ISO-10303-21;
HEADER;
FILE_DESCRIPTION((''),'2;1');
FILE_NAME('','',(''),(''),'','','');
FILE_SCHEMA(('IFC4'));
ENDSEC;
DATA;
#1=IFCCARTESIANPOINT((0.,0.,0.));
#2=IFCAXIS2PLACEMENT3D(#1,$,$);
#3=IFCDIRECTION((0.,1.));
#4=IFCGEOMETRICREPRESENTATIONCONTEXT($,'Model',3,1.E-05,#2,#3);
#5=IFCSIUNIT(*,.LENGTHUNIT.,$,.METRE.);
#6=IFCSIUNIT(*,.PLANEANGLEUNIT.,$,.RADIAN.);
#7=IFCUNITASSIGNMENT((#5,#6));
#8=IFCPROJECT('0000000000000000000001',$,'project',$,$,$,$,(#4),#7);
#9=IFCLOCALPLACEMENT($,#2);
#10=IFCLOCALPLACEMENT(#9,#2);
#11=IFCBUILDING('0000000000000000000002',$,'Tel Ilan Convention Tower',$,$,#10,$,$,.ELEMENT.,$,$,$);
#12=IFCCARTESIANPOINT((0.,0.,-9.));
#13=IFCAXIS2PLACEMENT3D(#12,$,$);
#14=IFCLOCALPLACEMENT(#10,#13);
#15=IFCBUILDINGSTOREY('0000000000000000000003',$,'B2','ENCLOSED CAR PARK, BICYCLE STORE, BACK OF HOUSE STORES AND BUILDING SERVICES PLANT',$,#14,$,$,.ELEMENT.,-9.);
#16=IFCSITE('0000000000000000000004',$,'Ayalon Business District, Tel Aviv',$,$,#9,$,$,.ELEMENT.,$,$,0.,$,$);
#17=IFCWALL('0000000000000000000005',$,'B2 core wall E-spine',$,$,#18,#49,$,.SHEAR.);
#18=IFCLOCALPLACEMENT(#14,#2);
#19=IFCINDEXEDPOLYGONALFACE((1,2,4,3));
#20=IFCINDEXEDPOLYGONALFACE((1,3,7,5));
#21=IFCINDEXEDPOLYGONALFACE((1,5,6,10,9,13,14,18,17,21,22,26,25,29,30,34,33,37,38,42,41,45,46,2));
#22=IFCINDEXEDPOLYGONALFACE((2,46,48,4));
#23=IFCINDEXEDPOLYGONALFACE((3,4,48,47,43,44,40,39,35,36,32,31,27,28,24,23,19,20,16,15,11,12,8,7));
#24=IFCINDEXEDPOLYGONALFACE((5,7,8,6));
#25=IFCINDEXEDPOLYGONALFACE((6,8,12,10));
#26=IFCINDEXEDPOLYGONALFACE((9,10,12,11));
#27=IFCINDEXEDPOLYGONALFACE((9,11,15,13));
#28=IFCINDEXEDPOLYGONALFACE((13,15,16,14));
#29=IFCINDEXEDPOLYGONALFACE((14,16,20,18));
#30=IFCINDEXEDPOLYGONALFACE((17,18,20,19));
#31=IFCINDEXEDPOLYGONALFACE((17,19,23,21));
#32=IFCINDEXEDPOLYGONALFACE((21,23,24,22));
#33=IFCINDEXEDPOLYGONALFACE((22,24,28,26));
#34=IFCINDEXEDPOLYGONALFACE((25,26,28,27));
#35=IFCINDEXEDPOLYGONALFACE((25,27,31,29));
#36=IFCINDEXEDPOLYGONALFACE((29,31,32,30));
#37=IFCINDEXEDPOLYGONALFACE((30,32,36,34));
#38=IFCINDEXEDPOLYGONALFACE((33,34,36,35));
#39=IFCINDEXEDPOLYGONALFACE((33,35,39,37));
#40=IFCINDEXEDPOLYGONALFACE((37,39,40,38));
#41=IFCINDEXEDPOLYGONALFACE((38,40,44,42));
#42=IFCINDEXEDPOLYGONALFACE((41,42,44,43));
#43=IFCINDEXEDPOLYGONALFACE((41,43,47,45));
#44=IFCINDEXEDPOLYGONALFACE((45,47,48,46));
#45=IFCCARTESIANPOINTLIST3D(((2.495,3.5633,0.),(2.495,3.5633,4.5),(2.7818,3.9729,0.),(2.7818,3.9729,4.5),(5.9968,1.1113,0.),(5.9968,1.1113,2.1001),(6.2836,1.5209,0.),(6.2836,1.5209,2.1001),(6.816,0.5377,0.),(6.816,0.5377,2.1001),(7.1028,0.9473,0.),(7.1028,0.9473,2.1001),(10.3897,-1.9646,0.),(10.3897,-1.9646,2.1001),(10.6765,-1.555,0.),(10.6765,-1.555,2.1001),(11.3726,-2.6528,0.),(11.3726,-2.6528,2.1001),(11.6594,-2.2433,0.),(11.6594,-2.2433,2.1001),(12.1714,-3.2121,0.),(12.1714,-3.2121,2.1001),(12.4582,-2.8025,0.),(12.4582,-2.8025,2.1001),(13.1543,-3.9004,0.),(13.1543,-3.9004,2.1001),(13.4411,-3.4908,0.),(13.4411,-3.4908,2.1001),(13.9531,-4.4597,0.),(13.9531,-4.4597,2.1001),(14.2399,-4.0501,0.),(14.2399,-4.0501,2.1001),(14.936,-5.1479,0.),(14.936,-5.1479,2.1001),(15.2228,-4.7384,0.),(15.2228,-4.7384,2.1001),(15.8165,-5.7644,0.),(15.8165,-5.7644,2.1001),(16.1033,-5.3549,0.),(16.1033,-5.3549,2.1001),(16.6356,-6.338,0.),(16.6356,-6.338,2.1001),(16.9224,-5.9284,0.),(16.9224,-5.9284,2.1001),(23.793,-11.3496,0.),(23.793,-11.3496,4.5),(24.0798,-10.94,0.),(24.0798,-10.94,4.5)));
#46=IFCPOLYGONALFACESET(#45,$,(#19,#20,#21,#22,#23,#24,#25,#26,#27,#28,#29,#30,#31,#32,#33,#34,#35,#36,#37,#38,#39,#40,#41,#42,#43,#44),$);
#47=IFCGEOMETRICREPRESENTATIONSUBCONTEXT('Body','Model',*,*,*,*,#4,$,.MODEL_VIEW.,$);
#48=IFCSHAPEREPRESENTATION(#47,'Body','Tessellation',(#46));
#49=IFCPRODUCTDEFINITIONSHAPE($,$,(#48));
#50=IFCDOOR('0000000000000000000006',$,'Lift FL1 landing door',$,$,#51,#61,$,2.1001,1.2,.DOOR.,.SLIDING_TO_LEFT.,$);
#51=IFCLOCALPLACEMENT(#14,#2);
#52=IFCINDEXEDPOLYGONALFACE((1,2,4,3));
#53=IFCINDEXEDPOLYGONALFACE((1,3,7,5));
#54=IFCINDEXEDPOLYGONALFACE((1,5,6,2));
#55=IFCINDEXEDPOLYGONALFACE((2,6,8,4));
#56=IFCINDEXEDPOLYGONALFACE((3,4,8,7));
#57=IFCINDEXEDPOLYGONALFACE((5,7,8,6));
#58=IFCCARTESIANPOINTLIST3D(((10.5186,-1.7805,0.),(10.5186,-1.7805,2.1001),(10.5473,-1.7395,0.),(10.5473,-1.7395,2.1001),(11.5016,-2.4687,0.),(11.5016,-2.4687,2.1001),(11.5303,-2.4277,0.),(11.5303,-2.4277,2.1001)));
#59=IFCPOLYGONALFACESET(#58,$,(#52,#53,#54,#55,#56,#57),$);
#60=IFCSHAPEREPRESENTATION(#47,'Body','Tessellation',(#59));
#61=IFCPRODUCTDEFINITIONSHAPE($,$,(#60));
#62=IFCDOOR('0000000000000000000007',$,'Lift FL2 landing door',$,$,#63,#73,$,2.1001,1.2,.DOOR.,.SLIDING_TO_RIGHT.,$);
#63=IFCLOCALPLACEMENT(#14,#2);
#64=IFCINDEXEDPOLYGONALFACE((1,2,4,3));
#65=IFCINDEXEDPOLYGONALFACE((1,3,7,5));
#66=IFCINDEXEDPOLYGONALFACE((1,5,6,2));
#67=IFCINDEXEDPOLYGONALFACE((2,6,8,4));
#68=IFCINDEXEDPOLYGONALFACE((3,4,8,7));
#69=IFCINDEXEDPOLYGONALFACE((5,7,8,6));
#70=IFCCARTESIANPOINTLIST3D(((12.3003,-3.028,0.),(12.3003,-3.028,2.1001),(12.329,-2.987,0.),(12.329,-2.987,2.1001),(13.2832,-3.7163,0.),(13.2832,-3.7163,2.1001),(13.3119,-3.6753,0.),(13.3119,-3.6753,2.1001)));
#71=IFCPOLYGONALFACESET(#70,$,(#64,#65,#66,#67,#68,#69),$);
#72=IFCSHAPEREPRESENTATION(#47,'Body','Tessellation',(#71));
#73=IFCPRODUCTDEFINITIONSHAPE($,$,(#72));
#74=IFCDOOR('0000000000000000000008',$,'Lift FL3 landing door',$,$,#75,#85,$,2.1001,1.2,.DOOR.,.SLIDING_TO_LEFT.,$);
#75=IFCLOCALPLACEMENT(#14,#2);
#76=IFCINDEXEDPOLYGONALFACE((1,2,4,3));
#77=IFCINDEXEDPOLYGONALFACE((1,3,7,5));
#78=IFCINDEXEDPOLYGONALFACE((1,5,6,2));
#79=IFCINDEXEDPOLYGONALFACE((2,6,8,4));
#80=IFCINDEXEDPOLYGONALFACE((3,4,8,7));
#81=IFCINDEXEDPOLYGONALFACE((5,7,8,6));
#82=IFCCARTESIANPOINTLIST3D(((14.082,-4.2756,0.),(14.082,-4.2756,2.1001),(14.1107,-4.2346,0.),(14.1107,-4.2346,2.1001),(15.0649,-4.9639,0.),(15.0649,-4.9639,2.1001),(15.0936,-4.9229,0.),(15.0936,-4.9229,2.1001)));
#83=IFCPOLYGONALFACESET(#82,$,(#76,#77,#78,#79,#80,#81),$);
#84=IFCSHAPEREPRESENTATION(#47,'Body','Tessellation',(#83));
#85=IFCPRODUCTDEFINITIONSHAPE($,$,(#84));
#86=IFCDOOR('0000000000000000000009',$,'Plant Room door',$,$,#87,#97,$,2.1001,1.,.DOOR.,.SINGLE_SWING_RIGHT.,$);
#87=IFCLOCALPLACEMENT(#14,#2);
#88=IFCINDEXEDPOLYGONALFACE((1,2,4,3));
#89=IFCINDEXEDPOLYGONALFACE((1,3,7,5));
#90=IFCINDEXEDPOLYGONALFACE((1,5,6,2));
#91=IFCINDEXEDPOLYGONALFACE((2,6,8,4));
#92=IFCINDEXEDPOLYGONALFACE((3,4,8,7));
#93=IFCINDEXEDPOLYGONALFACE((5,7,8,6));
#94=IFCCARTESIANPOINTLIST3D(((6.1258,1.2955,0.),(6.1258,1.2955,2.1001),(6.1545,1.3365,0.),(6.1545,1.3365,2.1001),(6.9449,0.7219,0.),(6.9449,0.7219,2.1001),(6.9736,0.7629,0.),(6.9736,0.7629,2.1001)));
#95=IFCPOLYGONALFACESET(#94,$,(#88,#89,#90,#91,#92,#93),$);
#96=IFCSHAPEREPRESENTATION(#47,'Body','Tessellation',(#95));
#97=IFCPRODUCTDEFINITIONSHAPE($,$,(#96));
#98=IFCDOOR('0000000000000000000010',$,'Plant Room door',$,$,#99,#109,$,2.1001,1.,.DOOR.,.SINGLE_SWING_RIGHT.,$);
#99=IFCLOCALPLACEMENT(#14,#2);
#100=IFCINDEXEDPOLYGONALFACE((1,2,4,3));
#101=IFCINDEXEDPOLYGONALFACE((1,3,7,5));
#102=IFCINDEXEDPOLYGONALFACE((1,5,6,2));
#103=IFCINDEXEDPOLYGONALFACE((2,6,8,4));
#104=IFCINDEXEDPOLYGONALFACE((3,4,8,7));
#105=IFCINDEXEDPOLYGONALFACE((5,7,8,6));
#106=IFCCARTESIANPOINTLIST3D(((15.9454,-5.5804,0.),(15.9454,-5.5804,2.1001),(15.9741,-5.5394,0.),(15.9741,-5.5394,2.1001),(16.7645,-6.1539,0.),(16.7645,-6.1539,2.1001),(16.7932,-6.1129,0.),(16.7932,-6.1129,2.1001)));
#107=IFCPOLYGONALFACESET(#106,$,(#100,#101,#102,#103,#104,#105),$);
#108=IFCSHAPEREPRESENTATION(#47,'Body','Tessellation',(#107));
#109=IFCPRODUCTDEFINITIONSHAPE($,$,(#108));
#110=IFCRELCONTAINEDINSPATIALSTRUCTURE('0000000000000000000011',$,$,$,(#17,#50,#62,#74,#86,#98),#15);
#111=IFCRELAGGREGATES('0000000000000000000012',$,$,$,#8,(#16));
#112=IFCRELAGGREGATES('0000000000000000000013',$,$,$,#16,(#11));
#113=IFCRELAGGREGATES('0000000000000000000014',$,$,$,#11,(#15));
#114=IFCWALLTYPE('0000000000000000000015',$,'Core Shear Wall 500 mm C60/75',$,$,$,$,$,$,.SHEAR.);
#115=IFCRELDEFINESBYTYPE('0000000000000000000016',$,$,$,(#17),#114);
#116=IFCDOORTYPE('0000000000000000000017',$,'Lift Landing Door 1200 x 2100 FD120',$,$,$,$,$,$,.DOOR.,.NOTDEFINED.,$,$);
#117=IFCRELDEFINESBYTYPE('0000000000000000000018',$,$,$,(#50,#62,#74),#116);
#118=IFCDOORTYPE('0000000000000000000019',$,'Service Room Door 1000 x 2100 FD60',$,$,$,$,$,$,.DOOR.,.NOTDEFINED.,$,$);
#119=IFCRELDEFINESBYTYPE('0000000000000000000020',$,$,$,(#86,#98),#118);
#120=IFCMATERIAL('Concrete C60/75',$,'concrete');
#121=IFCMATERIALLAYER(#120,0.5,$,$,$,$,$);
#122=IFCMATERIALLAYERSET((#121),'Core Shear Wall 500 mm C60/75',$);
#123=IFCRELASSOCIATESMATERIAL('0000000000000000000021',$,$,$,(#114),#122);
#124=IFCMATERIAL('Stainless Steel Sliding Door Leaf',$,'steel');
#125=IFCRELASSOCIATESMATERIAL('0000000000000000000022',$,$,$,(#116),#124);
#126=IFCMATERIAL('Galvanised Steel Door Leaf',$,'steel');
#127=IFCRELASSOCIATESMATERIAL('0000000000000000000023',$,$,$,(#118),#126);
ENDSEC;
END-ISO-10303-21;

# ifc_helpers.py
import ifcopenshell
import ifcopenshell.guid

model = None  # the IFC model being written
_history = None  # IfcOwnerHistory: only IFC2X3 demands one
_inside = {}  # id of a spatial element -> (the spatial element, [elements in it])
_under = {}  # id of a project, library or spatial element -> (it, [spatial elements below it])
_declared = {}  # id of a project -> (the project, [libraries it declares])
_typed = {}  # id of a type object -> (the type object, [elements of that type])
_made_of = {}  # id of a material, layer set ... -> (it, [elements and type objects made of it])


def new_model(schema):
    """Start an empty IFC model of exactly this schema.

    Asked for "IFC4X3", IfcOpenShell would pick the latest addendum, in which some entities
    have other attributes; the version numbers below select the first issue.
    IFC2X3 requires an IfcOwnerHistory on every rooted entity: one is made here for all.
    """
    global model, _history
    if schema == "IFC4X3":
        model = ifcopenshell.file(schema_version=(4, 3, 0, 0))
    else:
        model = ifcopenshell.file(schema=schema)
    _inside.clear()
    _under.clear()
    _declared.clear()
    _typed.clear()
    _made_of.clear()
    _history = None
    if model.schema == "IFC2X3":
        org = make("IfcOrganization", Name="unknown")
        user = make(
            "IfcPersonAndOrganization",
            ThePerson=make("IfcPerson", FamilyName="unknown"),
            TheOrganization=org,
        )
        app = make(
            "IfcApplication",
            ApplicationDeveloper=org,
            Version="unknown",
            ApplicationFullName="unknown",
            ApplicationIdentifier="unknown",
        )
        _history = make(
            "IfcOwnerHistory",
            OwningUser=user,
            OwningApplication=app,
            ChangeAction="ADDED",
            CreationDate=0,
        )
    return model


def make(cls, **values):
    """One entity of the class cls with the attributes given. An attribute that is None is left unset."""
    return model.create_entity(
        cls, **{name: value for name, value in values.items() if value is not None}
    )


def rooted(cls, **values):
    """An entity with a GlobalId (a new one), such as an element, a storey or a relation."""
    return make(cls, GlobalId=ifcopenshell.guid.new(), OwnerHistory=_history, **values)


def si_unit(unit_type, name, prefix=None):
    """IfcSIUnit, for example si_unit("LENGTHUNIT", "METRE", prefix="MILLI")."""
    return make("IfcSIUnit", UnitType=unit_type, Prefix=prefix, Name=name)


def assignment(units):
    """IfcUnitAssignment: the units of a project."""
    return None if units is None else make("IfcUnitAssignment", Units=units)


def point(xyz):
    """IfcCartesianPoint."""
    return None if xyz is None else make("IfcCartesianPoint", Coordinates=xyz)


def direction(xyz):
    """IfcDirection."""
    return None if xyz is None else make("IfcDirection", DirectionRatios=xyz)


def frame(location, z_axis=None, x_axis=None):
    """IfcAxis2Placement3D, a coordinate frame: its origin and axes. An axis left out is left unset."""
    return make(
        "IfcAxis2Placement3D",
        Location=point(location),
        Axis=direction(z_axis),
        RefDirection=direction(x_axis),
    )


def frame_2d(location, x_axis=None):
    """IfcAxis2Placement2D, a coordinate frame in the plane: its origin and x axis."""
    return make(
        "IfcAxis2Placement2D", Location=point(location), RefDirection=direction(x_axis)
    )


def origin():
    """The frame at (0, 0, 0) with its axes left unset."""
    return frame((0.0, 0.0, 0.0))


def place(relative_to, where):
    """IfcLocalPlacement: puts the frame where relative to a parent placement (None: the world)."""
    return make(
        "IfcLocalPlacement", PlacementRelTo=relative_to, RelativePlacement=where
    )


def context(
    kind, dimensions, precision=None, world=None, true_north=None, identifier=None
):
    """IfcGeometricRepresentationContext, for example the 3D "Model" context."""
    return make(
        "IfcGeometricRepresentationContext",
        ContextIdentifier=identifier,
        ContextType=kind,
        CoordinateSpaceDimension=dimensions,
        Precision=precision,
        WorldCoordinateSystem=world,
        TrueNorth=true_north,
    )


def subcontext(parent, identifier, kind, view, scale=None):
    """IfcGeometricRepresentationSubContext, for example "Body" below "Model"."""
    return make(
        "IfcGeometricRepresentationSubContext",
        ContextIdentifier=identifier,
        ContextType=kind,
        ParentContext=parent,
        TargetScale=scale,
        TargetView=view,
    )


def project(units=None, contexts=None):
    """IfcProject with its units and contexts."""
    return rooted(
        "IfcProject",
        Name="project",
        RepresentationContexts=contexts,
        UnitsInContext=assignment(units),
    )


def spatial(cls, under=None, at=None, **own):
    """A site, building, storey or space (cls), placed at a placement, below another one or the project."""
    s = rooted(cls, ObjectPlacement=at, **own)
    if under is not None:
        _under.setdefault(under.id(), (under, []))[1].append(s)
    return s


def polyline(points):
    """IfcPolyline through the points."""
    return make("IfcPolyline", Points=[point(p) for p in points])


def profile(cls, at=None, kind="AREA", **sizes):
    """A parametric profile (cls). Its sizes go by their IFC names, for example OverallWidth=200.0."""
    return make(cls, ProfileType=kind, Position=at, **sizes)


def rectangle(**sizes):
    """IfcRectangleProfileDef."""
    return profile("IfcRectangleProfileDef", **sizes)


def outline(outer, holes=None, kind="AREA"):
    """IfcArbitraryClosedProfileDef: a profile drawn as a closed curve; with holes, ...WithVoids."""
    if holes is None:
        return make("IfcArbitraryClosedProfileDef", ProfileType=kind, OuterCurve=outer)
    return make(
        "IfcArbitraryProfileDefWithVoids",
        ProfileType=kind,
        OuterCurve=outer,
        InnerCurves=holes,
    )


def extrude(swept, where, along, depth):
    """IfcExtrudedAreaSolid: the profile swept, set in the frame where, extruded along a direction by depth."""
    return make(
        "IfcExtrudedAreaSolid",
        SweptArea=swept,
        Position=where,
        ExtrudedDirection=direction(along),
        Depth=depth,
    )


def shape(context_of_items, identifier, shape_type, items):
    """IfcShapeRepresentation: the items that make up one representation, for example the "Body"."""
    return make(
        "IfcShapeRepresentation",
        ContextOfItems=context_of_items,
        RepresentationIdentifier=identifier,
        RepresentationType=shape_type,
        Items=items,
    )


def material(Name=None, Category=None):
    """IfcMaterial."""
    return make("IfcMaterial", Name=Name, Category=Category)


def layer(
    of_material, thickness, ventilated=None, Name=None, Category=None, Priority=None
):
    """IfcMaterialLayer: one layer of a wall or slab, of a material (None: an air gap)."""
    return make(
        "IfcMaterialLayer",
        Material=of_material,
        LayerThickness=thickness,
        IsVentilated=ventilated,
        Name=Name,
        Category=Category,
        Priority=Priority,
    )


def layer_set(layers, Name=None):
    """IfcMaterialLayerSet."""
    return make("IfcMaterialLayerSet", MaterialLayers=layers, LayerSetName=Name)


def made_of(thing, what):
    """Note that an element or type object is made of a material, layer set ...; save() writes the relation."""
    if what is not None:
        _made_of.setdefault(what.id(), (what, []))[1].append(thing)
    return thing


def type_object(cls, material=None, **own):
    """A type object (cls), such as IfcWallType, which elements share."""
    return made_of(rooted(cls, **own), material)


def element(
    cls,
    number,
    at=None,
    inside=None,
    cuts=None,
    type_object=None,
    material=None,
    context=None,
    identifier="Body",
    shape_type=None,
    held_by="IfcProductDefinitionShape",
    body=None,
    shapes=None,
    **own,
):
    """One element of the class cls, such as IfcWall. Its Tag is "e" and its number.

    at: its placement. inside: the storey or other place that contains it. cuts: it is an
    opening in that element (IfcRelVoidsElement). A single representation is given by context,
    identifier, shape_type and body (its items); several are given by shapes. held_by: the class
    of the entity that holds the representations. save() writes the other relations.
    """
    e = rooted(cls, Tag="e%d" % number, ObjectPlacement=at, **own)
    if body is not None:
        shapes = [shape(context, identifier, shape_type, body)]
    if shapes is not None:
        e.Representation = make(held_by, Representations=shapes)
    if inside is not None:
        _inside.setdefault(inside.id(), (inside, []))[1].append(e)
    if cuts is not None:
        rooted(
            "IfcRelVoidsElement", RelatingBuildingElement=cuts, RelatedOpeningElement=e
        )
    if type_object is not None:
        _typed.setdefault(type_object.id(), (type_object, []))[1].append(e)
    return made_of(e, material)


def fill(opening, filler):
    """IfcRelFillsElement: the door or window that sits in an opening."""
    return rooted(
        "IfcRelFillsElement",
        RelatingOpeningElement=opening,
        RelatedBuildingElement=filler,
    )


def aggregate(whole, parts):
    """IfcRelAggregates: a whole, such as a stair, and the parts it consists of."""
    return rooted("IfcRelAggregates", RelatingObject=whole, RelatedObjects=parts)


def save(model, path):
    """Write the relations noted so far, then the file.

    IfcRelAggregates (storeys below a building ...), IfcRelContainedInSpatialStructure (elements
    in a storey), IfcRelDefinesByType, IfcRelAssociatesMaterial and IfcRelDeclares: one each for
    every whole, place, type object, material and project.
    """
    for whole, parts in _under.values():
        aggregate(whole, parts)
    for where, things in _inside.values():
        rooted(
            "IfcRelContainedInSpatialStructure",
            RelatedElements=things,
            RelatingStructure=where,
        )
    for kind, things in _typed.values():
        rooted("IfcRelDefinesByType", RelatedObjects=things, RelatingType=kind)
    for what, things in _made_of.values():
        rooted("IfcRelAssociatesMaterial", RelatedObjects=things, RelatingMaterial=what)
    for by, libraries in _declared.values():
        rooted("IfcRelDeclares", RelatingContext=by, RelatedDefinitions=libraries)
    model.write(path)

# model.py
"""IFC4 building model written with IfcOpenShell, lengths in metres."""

from ifc_helpers import new_model, si_unit, direction, frame, frame_2d, origin, place, context, subcontext, project, spatial, polyline, rectangle, outline, extrude, material, layer, layer_set, type_object, element, fill, save


model = new_model("IFC4")

# Units and contexts
model_context = context("Model", 3, precision=1e-05, world=origin(), true_north=direction((0.0, 1.0)))
body_context = subcontext(model_context, "Body", "Model", "MODEL_VIEW")
ifc_project = project(units=[si_unit("LENGTHUNIT", "METRE"), si_unit("PLANEANGLEUNIT", "RADIAN")], contexts=[model_context])

# Site, building, storey
site_placement = place(None, origin())
site = spatial("IfcSite", under=ifc_project, at=site_placement, Name="Ayalon Business District, Tel Aviv", CompositionType="ELEMENT", RefElevation=0.0)
building_placement = place(site_placement, origin())
building = spatial("IfcBuilding", under=site, at=building_placement, Name="Tel Ilan Convention Tower", CompositionType="ELEMENT")
storey_placement = place(building_placement, frame((0.0, 0.0, -9.0)))
storey = spatial("IfcBuildingStorey", under=building, at=storey_placement, Name="B2", Description="ENCLOSED CAR PARK, BICYCLE STORE, BACK OF HOUSE STORES AND BUILDING SERVICES PLANT", CompositionType="ELEMENT", Elevation=-9.0)

# Wall, openings, doors
ifc_material_1 = material(Name="Concrete C60/75", Category="concrete")
ifc_layer_1 = layer(ifc_material_1, 0.5)
ifc_layer_set_1 = layer_set([ifc_layer_1], Name="Core Shear Wall 500 mm C60/75")
wall_type_1 = type_object("IfcWallType", Name="Core Shear Wall 500 mm C60/75", PredefinedType="SHEAR", material=ifc_layer_set_1)
wall_1_placement = place(storey_placement, frame((2.6384, 3.7681, 0.0), z_axis=(0.0, 0.0, 1.0), x_axis=(0.819149, -0.573581, 0.0)))
wall_1 = element("IfcWall", 1, at=wall_1_placement, inside=storey, type_object=wall_type_1, Name="B2 core wall E-spine", PredefinedType="SHEAR", context=body_context, shape_type="SweptSolid", body=[
    extrude(outline(polyline([(0.0, 0.25), (0.0, -0.25), (26.0, -0.2498), (26.0, 0.2502), (0.0, 0.25)])), origin(), (0.0, 0.0, 1.0), 4.5),
])
opening_1_placement = place(wall_1_placement, frame((4.2749, 0.0, 0.0)))
opening_1 = element("IfcOpeningElement", 2, at=opening_1_placement, cuts=wall_1, PredefinedType="OPENING", context=body_context, shape_type="SweptSolid", body=[
    extrude(rectangle(XDim=1.0, YDim=2.1001, at=frame_2d((0.5, 1.05))), frame((0.0, 0.26, 0.0), z_axis=(0.0, -1.0, 0.0), x_axis=(1.0, 0.0, 0.0)), (0.0, 0.0, 1.0), 0.52),
])
opening_2_placement = place(wall_1_placement, frame((9.6375, 0.0, 0.0)))
opening_2 = element("IfcOpeningElement", 3, at=opening_2_placement, cuts=wall_1, PredefinedType="OPENING", context=body_context, shape_type="SweptSolid", body=[
    extrude(rectangle(XDim=1.2, YDim=2.1001, at=frame_2d((0.6001, 1.05))), frame((0.0, 0.26, 0.0), z_axis=(0.0, -1.0, 0.0), x_axis=(1.0, 0.0, 0.0)), (0.0, 0.0, 1.0), 0.52),
])
opening_3_placement = place(wall_1_placement, frame((11.8125, 0.0, 0.0)))
opening_3 = element("IfcOpeningElement", 4, at=opening_3_placement, cuts=wall_1, PredefinedType="OPENING", context=body_context, shape_type="SweptSolid", body=[
    extrude(rectangle(XDim=1.2, YDim=2.1001, at=frame_2d((0.6001, 1.05))), frame((0.0, 0.26, 0.0), z_axis=(0.0, -1.0, 0.0), x_axis=(1.0, 0.0, 0.0)), (0.0, 0.0, 1.0), 0.52),
])
opening_4_placement = place(wall_1_placement, frame((13.9875, 0.0, 0.0)))
opening_4 = element("IfcOpeningElement", 5, at=opening_4_placement, cuts=wall_1, PredefinedType="OPENING", context=body_context, shape_type="SweptSolid", body=[
    extrude(rectangle(XDim=1.2, YDim=2.1001, at=frame_2d((0.6001, 1.05))), frame((0.0, 0.26, 0.0), z_axis=(0.0, -1.0, 0.0), x_axis=(1.0, 0.0, 0.0)), (0.0, 0.0, 1.0), 0.52),
])
opening_5_placement = place(wall_1_placement, frame((16.2625, 0.0, 0.0)))
opening_5 = element("IfcOpeningElement", 6, at=opening_5_placement, cuts=wall_1, PredefinedType="OPENING", context=body_context, shape_type="SweptSolid", body=[
    extrude(rectangle(XDim=1.0, YDim=2.1001, at=frame_2d((0.5, 1.05))), frame((0.0, 0.26, 0.0), z_axis=(0.0, -1.0, 0.0), x_axis=(1.0, 0.0, 0.0)), (0.0, 0.0, 1.0), 0.52),
])
ifc_material_2 = material(Name="Stainless Steel Sliding Door Leaf", Category="steel")
door_type_1 = type_object("IfcDoorType", Name="Lift Landing Door 1200 x 2100 FD120", OperationType="NOTDEFINED", PredefinedType="DOOR", material=ifc_material_2)
door_1_placement = place(opening_2_placement, origin())
door_1 = element("IfcDoor", 7, at=door_1_placement, inside=storey, type_object=door_type_1, Name="Lift FL1 landing door", OperationType="SLIDING_TO_LEFT", OverallHeight=2.1001, OverallWidth=1.2, PredefinedType="DOOR", context=body_context, shape_type="SweptSolid", body=[
    extrude(rectangle(XDim=1.2, YDim=2.1001, at=frame_2d((0.6001, 1.05))), frame((0.0, 0.0249, 0.0), z_axis=(0.0, -1.0, 0.0), x_axis=(1.0, 0.0, 0.0)), (0.0, 0.0, 1.0), 0.05),
])
fill(opening_2, door_1)
door_2_placement = place(opening_3_placement, origin())
door_2 = element("IfcDoor", 8, at=door_2_placement, inside=storey, type_object=door_type_1, Name="Lift FL2 landing door", OperationType="SLIDING_TO_RIGHT", OverallHeight=2.1001, OverallWidth=1.2, PredefinedType="DOOR", context=body_context, shape_type="SweptSolid", body=[
    extrude(rectangle(XDim=1.2, YDim=2.1001, at=frame_2d((0.6001, 1.05))), frame((0.0, 0.0249, 0.0), z_axis=(0.0, -1.0, 0.0), x_axis=(1.0, 0.0, 0.0)), (0.0, 0.0, 1.0), 0.05),
])
fill(opening_3, door_2)
door_3_placement = place(opening_4_placement, origin())
door_3 = element("IfcDoor", 9, at=door_3_placement, inside=storey, type_object=door_type_1, Name="Lift FL3 landing door", OperationType="SLIDING_TO_LEFT", OverallHeight=2.1001, OverallWidth=1.2, PredefinedType="DOOR", context=body_context, shape_type="SweptSolid", body=[
    extrude(rectangle(XDim=1.2, YDim=2.1001, at=frame_2d((0.6001, 1.05))), frame((0.0, 0.0249, 0.0), z_axis=(0.0, -1.0, 0.0), x_axis=(1.0, 0.0, 0.0)), (0.0, 0.0, 1.0), 0.05),
])
fill(opening_4, door_3)
ifc_material_3 = material(Name="Galvanised Steel Door Leaf", Category="steel")
door_type_2 = type_object("IfcDoorType", Name="Service Room Door 1000 x 2100 FD60", OperationType="NOTDEFINED", PredefinedType="DOOR", material=ifc_material_3)
door_4_placement = place(opening_1_placement, origin())
door_4 = element("IfcDoor", 10, at=door_4_placement, inside=storey, type_object=door_type_2, Name="Plant Room door", OperationType="SINGLE_SWING_RIGHT", OverallHeight=2.1001, OverallWidth=1.0, PredefinedType="DOOR", context=body_context, shape_type="SweptSolid", body=[
    extrude(rectangle(XDim=1.0, YDim=2.1001, at=frame_2d((0.5, 1.05))), frame((0.0, 0.0249, 0.0), z_axis=(0.0, -1.0, 0.0), x_axis=(1.0, 0.0, 0.0)), (0.0, 0.0, 1.0), 0.05),
])
fill(opening_1, door_4)
door_5_placement = place(opening_5_placement, origin())
door_5 = element("IfcDoor", 11, at=door_5_placement, inside=storey, type_object=door_type_2, Name="Plant Room door", OperationType="SINGLE_SWING_RIGHT", OverallHeight=2.1001, OverallWidth=1.0, PredefinedType="DOOR", context=body_context, shape_type="SweptSolid", body=[
    extrude(rectangle(XDim=1.0, YDim=2.1001, at=frame_2d((0.5, 1.05))), frame((0.0, 0.0249, 0.0), z_axis=(0.0, -1.0, 0.0), x_axis=(1.0, 0.0, 0.0)), (0.0, 0.0, 1.0), 0.05),
])
fill(opening_5, door_5)

save(model, "model.ifc")
